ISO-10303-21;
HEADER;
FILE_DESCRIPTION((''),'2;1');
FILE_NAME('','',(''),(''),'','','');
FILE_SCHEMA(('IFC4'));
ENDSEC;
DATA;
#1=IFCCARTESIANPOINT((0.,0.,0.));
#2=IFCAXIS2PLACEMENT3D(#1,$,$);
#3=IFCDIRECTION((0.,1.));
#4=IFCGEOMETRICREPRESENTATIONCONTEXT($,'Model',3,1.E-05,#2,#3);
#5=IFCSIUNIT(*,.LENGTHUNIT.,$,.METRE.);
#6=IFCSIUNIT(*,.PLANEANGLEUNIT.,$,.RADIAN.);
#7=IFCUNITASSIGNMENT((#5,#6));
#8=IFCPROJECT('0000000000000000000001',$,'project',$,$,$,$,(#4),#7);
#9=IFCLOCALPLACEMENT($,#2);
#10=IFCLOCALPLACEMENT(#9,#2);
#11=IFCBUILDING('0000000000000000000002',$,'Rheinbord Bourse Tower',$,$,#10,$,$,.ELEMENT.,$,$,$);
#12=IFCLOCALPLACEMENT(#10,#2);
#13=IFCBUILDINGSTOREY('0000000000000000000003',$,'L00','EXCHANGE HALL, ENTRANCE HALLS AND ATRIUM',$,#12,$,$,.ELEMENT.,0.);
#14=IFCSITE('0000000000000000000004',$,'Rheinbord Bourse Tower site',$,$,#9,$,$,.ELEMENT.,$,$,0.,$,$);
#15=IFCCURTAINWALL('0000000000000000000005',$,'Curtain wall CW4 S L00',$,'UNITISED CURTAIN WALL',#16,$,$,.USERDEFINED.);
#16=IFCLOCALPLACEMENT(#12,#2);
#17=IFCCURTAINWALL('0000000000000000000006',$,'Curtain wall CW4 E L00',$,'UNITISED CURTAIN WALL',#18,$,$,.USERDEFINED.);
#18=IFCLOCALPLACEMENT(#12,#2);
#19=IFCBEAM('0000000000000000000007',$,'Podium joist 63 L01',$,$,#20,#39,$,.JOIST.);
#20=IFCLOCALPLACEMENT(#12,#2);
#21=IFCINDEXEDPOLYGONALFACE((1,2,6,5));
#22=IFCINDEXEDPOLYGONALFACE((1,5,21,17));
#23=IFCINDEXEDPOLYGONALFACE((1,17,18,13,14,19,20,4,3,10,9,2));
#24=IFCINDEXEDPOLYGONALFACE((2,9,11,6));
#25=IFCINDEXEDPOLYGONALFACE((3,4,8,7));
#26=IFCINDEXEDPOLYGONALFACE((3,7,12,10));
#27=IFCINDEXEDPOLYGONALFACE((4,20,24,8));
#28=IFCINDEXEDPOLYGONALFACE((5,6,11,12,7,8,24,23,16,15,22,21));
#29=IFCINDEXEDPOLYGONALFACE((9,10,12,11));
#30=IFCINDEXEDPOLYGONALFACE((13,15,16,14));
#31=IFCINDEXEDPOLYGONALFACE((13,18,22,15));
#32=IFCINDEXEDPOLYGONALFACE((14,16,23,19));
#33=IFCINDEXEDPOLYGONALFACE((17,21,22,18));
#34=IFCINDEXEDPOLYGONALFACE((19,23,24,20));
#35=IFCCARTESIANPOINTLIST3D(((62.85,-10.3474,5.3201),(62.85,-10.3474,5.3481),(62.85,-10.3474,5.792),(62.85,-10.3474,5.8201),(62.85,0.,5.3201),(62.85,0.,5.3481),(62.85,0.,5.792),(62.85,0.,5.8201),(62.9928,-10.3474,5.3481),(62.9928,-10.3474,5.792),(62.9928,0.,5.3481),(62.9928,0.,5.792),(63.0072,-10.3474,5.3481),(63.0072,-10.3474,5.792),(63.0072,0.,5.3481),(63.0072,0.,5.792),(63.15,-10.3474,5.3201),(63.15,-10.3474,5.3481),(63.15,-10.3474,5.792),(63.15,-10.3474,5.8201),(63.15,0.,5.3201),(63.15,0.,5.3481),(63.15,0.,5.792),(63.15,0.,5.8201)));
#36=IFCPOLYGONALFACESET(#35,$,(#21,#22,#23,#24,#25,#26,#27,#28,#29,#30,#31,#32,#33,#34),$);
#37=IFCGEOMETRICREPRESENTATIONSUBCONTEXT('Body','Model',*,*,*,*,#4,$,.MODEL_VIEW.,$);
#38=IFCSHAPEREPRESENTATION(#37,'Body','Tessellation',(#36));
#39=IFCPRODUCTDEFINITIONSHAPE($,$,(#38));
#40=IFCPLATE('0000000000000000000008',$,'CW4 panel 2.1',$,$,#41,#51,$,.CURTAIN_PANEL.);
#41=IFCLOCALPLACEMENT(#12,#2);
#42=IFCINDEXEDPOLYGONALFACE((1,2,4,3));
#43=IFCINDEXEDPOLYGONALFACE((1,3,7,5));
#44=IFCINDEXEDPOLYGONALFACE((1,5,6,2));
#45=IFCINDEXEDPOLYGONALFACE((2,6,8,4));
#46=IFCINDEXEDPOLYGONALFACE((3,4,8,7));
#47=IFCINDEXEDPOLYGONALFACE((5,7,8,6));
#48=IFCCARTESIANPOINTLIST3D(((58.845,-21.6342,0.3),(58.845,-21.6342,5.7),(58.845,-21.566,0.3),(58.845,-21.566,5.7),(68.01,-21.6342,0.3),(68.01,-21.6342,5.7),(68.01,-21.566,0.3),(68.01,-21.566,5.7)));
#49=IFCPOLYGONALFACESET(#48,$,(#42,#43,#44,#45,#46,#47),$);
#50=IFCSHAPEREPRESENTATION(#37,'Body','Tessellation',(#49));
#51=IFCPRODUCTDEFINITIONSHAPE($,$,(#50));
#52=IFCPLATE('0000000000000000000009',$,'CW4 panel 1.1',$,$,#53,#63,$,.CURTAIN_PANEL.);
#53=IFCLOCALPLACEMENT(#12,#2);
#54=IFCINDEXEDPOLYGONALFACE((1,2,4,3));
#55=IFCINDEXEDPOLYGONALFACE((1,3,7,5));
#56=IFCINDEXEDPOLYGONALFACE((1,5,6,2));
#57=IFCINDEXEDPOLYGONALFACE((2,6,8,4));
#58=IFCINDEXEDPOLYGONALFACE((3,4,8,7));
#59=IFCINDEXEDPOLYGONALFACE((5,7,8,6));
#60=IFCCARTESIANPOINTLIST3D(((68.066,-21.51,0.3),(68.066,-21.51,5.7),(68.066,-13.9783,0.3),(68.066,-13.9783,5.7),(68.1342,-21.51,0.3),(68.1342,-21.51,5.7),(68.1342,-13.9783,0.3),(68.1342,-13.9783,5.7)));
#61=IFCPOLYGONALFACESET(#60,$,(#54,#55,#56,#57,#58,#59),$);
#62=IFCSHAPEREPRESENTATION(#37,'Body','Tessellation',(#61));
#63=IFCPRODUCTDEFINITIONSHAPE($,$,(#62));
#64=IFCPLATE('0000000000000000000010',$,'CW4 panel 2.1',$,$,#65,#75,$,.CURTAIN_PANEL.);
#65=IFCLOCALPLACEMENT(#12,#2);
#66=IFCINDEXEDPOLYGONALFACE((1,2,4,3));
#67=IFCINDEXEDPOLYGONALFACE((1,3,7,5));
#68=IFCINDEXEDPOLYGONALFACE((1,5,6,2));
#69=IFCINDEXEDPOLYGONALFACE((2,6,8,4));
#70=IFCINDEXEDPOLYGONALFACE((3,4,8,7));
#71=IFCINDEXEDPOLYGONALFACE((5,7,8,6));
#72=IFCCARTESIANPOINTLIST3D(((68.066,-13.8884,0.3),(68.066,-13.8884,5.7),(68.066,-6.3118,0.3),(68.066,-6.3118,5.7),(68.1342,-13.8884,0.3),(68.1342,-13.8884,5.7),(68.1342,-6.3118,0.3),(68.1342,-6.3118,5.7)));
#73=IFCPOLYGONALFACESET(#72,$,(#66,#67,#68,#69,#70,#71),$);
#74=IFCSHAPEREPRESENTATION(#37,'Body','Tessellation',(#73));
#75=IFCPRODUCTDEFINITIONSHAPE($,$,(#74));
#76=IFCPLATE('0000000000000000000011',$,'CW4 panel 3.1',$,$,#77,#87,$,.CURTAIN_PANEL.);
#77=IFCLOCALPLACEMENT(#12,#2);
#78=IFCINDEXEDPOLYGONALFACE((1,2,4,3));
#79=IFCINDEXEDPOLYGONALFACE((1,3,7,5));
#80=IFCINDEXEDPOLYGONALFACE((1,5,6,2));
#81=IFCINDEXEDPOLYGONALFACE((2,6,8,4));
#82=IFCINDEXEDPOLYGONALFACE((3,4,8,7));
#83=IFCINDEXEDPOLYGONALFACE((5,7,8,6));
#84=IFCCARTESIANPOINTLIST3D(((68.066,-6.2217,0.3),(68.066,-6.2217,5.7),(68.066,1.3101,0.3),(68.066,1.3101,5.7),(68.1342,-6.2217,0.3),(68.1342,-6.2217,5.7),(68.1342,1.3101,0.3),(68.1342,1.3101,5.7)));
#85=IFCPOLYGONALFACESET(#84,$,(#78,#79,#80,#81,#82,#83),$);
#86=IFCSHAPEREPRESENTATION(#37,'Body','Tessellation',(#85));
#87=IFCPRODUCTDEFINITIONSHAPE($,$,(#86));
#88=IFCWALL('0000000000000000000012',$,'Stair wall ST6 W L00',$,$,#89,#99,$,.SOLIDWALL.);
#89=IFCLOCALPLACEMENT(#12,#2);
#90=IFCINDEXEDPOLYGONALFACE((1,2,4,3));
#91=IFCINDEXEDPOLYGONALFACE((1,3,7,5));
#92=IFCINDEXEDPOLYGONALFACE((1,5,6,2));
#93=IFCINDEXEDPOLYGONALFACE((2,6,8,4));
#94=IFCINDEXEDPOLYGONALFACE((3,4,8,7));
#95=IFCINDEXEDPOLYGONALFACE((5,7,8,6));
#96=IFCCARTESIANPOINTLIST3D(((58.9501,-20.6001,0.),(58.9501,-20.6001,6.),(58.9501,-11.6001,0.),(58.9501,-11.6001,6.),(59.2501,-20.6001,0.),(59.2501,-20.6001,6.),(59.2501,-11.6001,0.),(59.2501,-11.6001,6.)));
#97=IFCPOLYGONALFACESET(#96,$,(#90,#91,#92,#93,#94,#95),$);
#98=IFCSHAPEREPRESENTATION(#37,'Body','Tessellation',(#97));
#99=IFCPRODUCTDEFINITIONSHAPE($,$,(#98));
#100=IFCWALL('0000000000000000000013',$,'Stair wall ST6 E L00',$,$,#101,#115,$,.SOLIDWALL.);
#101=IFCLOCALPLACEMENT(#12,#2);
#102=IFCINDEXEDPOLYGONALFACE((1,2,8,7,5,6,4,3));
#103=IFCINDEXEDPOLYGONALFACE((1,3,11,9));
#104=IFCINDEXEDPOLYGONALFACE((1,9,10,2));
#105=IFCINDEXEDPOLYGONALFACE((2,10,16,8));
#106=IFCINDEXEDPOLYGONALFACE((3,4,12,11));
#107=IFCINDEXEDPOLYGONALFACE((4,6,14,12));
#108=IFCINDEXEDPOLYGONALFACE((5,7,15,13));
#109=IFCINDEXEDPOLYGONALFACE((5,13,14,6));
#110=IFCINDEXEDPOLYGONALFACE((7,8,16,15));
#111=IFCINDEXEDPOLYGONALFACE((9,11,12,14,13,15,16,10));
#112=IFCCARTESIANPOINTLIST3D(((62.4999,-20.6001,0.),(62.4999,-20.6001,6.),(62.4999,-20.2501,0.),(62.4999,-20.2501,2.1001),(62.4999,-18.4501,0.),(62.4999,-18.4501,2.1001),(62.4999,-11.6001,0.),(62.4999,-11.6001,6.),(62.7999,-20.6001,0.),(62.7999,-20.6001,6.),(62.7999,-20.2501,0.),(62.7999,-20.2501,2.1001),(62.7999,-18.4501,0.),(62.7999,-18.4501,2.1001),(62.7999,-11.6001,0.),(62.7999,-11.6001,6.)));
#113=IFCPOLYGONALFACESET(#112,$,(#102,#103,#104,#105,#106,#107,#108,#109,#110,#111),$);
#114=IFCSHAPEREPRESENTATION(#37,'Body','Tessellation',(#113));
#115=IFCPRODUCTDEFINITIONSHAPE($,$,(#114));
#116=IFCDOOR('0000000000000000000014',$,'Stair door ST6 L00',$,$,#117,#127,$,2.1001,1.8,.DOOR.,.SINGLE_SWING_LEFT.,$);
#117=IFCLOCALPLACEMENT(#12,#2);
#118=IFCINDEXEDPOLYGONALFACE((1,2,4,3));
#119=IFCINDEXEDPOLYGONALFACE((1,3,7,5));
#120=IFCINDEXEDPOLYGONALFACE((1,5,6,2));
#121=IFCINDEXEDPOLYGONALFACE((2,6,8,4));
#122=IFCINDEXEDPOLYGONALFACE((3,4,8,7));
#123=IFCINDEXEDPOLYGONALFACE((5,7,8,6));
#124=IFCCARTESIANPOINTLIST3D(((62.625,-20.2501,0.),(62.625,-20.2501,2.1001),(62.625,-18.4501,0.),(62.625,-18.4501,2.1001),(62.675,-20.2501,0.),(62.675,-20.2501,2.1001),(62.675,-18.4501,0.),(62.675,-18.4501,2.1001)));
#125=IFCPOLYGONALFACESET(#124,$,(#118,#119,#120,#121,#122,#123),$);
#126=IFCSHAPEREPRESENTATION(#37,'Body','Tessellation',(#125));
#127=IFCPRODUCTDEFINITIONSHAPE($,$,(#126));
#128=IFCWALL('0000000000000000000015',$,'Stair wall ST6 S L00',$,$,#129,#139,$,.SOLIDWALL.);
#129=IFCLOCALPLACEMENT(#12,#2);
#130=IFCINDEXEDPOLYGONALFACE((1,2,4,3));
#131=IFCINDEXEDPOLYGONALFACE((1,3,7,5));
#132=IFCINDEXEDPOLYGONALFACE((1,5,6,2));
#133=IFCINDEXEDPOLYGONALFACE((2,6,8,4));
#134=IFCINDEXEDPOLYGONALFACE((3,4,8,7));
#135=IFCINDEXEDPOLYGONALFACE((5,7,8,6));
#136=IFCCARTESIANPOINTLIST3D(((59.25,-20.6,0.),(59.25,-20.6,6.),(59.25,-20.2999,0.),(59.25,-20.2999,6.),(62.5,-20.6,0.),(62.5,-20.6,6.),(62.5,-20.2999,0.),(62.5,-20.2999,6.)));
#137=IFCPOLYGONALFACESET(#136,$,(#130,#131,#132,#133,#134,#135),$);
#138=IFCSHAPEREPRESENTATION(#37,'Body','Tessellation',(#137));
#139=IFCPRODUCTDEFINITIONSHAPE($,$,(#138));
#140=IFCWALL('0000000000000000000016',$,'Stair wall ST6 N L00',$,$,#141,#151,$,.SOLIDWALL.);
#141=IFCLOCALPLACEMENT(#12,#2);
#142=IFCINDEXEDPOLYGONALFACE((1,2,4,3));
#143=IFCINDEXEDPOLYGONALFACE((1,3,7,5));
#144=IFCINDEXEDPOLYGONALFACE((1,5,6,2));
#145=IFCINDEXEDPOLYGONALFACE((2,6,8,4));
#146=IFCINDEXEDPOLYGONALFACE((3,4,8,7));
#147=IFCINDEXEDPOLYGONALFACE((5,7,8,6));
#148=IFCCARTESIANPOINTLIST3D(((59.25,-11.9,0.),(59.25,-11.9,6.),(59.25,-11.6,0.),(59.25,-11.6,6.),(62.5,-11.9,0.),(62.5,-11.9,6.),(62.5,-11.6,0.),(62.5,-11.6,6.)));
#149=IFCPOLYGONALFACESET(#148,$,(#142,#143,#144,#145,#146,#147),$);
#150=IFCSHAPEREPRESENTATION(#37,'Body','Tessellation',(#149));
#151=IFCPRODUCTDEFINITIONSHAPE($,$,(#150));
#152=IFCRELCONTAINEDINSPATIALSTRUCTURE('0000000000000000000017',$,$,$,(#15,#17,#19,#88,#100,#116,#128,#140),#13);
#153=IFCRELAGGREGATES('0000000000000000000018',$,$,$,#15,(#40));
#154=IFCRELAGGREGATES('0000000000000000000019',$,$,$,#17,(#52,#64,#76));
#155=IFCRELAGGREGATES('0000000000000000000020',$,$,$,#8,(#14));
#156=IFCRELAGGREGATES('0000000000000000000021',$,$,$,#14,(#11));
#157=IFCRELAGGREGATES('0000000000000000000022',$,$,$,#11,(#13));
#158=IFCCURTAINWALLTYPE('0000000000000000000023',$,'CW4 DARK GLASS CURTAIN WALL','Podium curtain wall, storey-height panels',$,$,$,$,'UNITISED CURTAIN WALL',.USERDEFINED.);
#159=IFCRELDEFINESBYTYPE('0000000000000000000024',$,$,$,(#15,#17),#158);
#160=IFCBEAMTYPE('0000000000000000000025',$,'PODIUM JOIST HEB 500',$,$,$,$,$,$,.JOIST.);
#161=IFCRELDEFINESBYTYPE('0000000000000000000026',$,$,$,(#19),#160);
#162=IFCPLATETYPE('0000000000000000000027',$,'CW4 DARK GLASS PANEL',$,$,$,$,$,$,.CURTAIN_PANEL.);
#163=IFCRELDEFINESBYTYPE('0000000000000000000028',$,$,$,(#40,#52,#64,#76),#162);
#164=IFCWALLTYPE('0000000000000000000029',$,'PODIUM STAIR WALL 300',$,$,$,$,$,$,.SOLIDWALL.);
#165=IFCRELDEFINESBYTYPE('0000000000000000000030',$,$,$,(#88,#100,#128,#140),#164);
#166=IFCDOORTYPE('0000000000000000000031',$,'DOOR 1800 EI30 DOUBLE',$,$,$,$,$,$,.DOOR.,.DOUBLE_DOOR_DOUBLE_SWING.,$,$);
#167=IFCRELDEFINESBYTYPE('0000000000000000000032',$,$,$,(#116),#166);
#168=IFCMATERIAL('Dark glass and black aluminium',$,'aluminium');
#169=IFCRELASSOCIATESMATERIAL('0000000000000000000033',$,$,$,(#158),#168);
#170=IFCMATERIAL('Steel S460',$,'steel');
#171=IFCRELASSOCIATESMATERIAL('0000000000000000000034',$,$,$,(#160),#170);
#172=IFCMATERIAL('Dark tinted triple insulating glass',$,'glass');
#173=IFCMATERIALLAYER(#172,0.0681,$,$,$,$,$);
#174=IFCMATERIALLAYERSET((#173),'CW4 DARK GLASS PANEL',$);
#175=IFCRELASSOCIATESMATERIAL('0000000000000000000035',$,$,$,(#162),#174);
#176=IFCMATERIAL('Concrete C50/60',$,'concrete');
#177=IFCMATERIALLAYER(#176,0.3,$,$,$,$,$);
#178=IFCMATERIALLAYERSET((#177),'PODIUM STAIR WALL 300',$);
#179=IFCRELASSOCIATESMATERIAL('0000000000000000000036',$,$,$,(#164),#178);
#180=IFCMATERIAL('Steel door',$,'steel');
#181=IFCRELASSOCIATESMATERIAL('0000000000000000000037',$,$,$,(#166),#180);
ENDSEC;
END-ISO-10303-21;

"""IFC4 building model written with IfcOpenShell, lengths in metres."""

from ifc_helpers import new_model, si_unit, direction, frame, frame_2d, origin, origin_2d, place, context, subcontext, project, spatial, rectangle, i_section, extrude, material, layer, layer_set, material_profile, profile_set, type_object, element, fill, aggregate, save


model = new_model("IFC4")

# Units and contexts
model_context = context("Model", 3, precision=1e-05, world=origin(), true_north=direction((0.0, 1.0)))
body_context = subcontext(model_context, "Body", "Model", "MODEL_VIEW")
ifc_project = project(units=[si_unit("LENGTHUNIT", "METRE"), si_unit("PLANEANGLEUNIT", "RADIAN")], contexts=[model_context])

# Site, building, storey
site_placement = place(None, origin())
site = spatial("IfcSite", under=ifc_project, at=site_placement, Name="Rheinbord Bourse Tower site", CompositionType="ELEMENT", RefElevation=0.0)
building_placement = place(site_placement, origin())
building = spatial("IfcBuilding", under=site, at=building_placement, Name="Rheinbord Bourse Tower", CompositionType="ELEMENT")
storey_placement = place(building_placement, origin())
storey = spatial("IfcBuildingStorey", under=building, at=storey_placement, Name="L00", Description="EXCHANGE HALL, ENTRANCE HALLS AND ATRIUM", CompositionType="ELEMENT", Elevation=0.0)

# Curtain walls
ifc_material_1 = material(Name="Dark glass and black aluminium", Category="aluminium")
curtain_wall_type = type_object("IfcCurtainWallType", Name="CW4 DARK GLASS CURTAIN WALL", Description="Podium curtain wall, storey-height panels", ElementType="UNITISED CURTAIN WALL", PredefinedType="USERDEFINED", material=ifc_material_1)
curtain_wall_1_placement = place(storey_placement, origin())
curtain_wall_1 = element("IfcCurtainWall", 1, at=curtain_wall_1_placement, inside=storey, type_object=curtain_wall_type, Name="Curtain wall CW4 S L00", ObjectType="UNITISED CURTAIN WALL", PredefinedType="USERDEFINED")
curtain_wall_2_placement = place(storey_placement, origin())
curtain_wall_2 = element("IfcCurtainWall", 2, at=curtain_wall_2_placement, inside=storey, type_object=curtain_wall_type, Name="Curtain wall CW4 E L00", ObjectType="UNITISED CURTAIN WALL", PredefinedType="USERDEFINED")

# Beam
ifc_material_2 = material(Name="Steel S460", Category="steel")
ifc_material_profile_1 = material_profile(ifc_material_2, i_section(OverallWidth=0.3, OverallDepth=0.5, WebThickness=0.0144, FlangeThickness=0.0281, at=origin_2d()), Name="HEB 500")
ifc_profile_set_1 = profile_set([ifc_material_profile_1], Name="Steel S460")
beam_type_1 = type_object("IfcBeamType", Name="PODIUM JOIST HEB 500", PredefinedType="JOIST", material=ifc_profile_set_1)
for number, where, z_axis, x_axis, name in (
    (3, (63.0, -10.3474, 5.5701), (0.0, 1.0, 0.0), (-1.0, 0.0, 0.0), "Podium joist 63 L01"),
):
    element("IfcBeam", number, at=place(storey_placement, frame(where, z_axis=z_axis, x_axis=x_axis)), inside=storey, type_object=beam_type_1, Name=name, PredefinedType="JOIST", context=body_context, shape_type="SweptSolid", body=[
        extrude(i_section(OverallWidth=0.3, OverallDepth=0.5, WebThickness=0.0144, FlangeThickness=0.0281, at=origin_2d()), origin(), (0.0, 0.0, 1.0), 10.3474),
    ])

# Plates
ifc_material_3 = material(Name="Dark tinted triple insulating glass", Category="glass")
ifc_layer_1 = layer(ifc_material_3, 0.0681)
ifc_layer_set_1 = layer_set([ifc_layer_1], Name="CW4 DARK GLASS PANEL")
plate_type = type_object("IfcPlateType", Name="CW4 DARK GLASS PANEL", PredefinedType="CURTAIN_PANEL", material=ifc_layer_set_1)
plate_1_placement = place(storey_placement, frame((63.4275, -21.6001, 0.3), z_axis=(0.0, 0.0, 1.0), x_axis=(1.0, 0.0, 0.0)))
plate_1 = element("IfcPlate", 4, at=plate_1_placement, type_object=plate_type, Name="CW4 panel 2.1", PredefinedType="CURTAIN_PANEL", context=body_context, shape_type="SweptSolid", body=[
    extrude(rectangle(XDim=9.165, YDim=0.0681, at=origin_2d()), origin(), (0.0, 0.0, 1.0), 5.3999),
])
aggregate(curtain_wall_1, [plate_1])
plate_2_placement = place(storey_placement, frame((68.1001, -17.7441, 0.3), z_axis=(0.0, 0.0, 1.0), x_axis=(0.0, 1.0, 0.0)))
plate_2 = element("IfcPlate", 5, at=plate_2_placement, type_object=plate_type, Name="CW4 panel 1.1", PredefinedType="CURTAIN_PANEL", context=body_context, shape_type="SweptSolid", body=[
    extrude(rectangle(XDim=7.5317, YDim=0.0681, at=origin_2d()), origin(), (0.0, 0.0, 1.0), 5.3999),
])
plate_3_placement = place(storey_placement, frame((68.1001, -10.1001, 0.3), z_axis=(0.0, 0.0, 1.0), x_axis=(0.0, 1.0, 0.0)))
plate_3 = element("IfcPlate", 6, at=plate_3_placement, type_object=plate_type, Name="CW4 panel 2.1", PredefinedType="CURTAIN_PANEL", context=body_context, shape_type="SweptSolid", body=[
    extrude(rectangle(XDim=7.5767, YDim=0.0681, at=origin_2d()), origin(), (0.0, 0.0, 1.0), 5.3999),
])
plate_4_placement = place(storey_placement, frame((68.1001, -2.4558, 0.3), z_axis=(0.0, 0.0, 1.0), x_axis=(0.0, 1.0, 0.0)))
plate_4 = element("IfcPlate", 7, at=plate_4_placement, type_object=plate_type, Name="CW4 panel 3.1", PredefinedType="CURTAIN_PANEL", context=body_context, shape_type="SweptSolid", body=[
    extrude(rectangle(XDim=7.5317, YDim=0.0681, at=origin_2d()), origin(), (0.0, 0.0, 1.0), 5.3999),
])
aggregate(curtain_wall_2, [plate_2, plate_3, plate_4])

# Wall
ifc_material_4 = material(Name="Concrete C50/60", Category="concrete")
ifc_layer_2 = layer(ifc_material_4, 0.3)
ifc_layer_set_2 = layer_set([ifc_layer_2], Name="PODIUM STAIR WALL 300")
wall_type = type_object("IfcWallType", Name="PODIUM STAIR WALL 300", PredefinedType="SOLIDWALL", material=ifc_layer_set_2)
wall_1_placement = place(storey_placement, frame((59.1001, -20.6001, 0.0), z_axis=(0.0, 0.0, 1.0), x_axis=(0.0, 1.0, 0.0)))
element("IfcWall", 8, at=wall_1_placement, inside=storey, type_object=wall_type, Name="Stair wall ST6 W L00", PredefinedType="SOLIDWALL", context=body_context, shape_type="SweptSolid", body=[
    extrude(rectangle(XDim=9.0, YDim=0.3, at=frame_2d((4.5, 0.0))), origin(), (0.0, 0.0, 1.0), 6.0),
])

# Wall, opening, door
wall_2_placement = place(storey_placement, frame((62.6499, -20.6001, 0.0), z_axis=(0.0, 0.0, 1.0), x_axis=(0.0, 1.0, 0.0)))
wall_2 = element("IfcWall", 9, at=wall_2_placement, inside=storey, type_object=wall_type, Name="Stair wall ST6 E L00", PredefinedType="SOLIDWALL", context=body_context, shape_type="SweptSolid", body=[
    extrude(rectangle(XDim=9.0, YDim=0.3, at=frame_2d((4.5, 0.0))), origin(), (0.0, 0.0, 1.0), 6.0),
])
opening_placement = place(wall_2_placement, frame((0.3501, 0.0, 0.0)))
opening = element("IfcOpeningElement", 10, at=opening_placement, cuts=wall_2, PredefinedType="OPENING", context=body_context, shape_type="SweptSolid", body=[
    extrude(rectangle(XDim=1.8, YDim=2.1001, at=frame_2d((0.8999, 1.05))), frame((0.0, 0.1599, 0.0), z_axis=(0.0, -1.0, 0.0), x_axis=(1.0, 0.0, 0.0)), (0.0, 0.0, 1.0), 0.3201),
])
ifc_material_5 = material(Name="Steel door", Category="steel")
door_type = type_object("IfcDoorType", Name="DOOR 1800 EI30 DOUBLE", OperationType="DOUBLE_DOOR_DOUBLE_SWING", PredefinedType="DOOR", material=ifc_material_5)
door_placement = place(opening_placement, origin())
door = element("IfcDoor", 11, at=door_placement, inside=storey, type_object=door_type, Name="Stair door ST6 L00", OperationType="SINGLE_SWING_LEFT", OverallHeight=2.1001, OverallWidth=1.8, PredefinedType="DOOR", context=body_context, shape_type="SweptSolid", body=[
    extrude(rectangle(XDim=1.8, YDim=2.1001, at=frame_2d((0.8999, 1.05))), frame((0.0, 0.0249, 0.0), z_axis=(0.0, -1.0, 0.0), x_axis=(1.0, 0.0, 0.0)), (0.0, 0.0, 1.0), 0.05),
])
fill(opening, door)

# Walls
for number, where, z_axis, x_axis, name in (
    (12, (59.25, -20.45, 0.0), (0.0, 0.0, 1.0), (1.0, 0.0, 0.0), "Stair wall ST6 S L00"),
    (13, (59.25, -11.75, 0.0), (0.0, 0.0, 1.0), (1.0, 0.0, 0.0), "Stair wall ST6 N L00"),
):
    element("IfcWall", number, at=place(storey_placement, frame(where, z_axis=z_axis, x_axis=x_axis)), inside=storey, type_object=wall_type, Name=name, PredefinedType="SOLIDWALL", context=body_context, shape_type="SweptSolid", body=[
        extrude(rectangle(XDim=3.25, YDim=0.3, at=frame_2d((1.625, 0.0))), origin(), (0.0, 0.0, 1.0), 6.0),
    ])

save(model, "model.ifc")
